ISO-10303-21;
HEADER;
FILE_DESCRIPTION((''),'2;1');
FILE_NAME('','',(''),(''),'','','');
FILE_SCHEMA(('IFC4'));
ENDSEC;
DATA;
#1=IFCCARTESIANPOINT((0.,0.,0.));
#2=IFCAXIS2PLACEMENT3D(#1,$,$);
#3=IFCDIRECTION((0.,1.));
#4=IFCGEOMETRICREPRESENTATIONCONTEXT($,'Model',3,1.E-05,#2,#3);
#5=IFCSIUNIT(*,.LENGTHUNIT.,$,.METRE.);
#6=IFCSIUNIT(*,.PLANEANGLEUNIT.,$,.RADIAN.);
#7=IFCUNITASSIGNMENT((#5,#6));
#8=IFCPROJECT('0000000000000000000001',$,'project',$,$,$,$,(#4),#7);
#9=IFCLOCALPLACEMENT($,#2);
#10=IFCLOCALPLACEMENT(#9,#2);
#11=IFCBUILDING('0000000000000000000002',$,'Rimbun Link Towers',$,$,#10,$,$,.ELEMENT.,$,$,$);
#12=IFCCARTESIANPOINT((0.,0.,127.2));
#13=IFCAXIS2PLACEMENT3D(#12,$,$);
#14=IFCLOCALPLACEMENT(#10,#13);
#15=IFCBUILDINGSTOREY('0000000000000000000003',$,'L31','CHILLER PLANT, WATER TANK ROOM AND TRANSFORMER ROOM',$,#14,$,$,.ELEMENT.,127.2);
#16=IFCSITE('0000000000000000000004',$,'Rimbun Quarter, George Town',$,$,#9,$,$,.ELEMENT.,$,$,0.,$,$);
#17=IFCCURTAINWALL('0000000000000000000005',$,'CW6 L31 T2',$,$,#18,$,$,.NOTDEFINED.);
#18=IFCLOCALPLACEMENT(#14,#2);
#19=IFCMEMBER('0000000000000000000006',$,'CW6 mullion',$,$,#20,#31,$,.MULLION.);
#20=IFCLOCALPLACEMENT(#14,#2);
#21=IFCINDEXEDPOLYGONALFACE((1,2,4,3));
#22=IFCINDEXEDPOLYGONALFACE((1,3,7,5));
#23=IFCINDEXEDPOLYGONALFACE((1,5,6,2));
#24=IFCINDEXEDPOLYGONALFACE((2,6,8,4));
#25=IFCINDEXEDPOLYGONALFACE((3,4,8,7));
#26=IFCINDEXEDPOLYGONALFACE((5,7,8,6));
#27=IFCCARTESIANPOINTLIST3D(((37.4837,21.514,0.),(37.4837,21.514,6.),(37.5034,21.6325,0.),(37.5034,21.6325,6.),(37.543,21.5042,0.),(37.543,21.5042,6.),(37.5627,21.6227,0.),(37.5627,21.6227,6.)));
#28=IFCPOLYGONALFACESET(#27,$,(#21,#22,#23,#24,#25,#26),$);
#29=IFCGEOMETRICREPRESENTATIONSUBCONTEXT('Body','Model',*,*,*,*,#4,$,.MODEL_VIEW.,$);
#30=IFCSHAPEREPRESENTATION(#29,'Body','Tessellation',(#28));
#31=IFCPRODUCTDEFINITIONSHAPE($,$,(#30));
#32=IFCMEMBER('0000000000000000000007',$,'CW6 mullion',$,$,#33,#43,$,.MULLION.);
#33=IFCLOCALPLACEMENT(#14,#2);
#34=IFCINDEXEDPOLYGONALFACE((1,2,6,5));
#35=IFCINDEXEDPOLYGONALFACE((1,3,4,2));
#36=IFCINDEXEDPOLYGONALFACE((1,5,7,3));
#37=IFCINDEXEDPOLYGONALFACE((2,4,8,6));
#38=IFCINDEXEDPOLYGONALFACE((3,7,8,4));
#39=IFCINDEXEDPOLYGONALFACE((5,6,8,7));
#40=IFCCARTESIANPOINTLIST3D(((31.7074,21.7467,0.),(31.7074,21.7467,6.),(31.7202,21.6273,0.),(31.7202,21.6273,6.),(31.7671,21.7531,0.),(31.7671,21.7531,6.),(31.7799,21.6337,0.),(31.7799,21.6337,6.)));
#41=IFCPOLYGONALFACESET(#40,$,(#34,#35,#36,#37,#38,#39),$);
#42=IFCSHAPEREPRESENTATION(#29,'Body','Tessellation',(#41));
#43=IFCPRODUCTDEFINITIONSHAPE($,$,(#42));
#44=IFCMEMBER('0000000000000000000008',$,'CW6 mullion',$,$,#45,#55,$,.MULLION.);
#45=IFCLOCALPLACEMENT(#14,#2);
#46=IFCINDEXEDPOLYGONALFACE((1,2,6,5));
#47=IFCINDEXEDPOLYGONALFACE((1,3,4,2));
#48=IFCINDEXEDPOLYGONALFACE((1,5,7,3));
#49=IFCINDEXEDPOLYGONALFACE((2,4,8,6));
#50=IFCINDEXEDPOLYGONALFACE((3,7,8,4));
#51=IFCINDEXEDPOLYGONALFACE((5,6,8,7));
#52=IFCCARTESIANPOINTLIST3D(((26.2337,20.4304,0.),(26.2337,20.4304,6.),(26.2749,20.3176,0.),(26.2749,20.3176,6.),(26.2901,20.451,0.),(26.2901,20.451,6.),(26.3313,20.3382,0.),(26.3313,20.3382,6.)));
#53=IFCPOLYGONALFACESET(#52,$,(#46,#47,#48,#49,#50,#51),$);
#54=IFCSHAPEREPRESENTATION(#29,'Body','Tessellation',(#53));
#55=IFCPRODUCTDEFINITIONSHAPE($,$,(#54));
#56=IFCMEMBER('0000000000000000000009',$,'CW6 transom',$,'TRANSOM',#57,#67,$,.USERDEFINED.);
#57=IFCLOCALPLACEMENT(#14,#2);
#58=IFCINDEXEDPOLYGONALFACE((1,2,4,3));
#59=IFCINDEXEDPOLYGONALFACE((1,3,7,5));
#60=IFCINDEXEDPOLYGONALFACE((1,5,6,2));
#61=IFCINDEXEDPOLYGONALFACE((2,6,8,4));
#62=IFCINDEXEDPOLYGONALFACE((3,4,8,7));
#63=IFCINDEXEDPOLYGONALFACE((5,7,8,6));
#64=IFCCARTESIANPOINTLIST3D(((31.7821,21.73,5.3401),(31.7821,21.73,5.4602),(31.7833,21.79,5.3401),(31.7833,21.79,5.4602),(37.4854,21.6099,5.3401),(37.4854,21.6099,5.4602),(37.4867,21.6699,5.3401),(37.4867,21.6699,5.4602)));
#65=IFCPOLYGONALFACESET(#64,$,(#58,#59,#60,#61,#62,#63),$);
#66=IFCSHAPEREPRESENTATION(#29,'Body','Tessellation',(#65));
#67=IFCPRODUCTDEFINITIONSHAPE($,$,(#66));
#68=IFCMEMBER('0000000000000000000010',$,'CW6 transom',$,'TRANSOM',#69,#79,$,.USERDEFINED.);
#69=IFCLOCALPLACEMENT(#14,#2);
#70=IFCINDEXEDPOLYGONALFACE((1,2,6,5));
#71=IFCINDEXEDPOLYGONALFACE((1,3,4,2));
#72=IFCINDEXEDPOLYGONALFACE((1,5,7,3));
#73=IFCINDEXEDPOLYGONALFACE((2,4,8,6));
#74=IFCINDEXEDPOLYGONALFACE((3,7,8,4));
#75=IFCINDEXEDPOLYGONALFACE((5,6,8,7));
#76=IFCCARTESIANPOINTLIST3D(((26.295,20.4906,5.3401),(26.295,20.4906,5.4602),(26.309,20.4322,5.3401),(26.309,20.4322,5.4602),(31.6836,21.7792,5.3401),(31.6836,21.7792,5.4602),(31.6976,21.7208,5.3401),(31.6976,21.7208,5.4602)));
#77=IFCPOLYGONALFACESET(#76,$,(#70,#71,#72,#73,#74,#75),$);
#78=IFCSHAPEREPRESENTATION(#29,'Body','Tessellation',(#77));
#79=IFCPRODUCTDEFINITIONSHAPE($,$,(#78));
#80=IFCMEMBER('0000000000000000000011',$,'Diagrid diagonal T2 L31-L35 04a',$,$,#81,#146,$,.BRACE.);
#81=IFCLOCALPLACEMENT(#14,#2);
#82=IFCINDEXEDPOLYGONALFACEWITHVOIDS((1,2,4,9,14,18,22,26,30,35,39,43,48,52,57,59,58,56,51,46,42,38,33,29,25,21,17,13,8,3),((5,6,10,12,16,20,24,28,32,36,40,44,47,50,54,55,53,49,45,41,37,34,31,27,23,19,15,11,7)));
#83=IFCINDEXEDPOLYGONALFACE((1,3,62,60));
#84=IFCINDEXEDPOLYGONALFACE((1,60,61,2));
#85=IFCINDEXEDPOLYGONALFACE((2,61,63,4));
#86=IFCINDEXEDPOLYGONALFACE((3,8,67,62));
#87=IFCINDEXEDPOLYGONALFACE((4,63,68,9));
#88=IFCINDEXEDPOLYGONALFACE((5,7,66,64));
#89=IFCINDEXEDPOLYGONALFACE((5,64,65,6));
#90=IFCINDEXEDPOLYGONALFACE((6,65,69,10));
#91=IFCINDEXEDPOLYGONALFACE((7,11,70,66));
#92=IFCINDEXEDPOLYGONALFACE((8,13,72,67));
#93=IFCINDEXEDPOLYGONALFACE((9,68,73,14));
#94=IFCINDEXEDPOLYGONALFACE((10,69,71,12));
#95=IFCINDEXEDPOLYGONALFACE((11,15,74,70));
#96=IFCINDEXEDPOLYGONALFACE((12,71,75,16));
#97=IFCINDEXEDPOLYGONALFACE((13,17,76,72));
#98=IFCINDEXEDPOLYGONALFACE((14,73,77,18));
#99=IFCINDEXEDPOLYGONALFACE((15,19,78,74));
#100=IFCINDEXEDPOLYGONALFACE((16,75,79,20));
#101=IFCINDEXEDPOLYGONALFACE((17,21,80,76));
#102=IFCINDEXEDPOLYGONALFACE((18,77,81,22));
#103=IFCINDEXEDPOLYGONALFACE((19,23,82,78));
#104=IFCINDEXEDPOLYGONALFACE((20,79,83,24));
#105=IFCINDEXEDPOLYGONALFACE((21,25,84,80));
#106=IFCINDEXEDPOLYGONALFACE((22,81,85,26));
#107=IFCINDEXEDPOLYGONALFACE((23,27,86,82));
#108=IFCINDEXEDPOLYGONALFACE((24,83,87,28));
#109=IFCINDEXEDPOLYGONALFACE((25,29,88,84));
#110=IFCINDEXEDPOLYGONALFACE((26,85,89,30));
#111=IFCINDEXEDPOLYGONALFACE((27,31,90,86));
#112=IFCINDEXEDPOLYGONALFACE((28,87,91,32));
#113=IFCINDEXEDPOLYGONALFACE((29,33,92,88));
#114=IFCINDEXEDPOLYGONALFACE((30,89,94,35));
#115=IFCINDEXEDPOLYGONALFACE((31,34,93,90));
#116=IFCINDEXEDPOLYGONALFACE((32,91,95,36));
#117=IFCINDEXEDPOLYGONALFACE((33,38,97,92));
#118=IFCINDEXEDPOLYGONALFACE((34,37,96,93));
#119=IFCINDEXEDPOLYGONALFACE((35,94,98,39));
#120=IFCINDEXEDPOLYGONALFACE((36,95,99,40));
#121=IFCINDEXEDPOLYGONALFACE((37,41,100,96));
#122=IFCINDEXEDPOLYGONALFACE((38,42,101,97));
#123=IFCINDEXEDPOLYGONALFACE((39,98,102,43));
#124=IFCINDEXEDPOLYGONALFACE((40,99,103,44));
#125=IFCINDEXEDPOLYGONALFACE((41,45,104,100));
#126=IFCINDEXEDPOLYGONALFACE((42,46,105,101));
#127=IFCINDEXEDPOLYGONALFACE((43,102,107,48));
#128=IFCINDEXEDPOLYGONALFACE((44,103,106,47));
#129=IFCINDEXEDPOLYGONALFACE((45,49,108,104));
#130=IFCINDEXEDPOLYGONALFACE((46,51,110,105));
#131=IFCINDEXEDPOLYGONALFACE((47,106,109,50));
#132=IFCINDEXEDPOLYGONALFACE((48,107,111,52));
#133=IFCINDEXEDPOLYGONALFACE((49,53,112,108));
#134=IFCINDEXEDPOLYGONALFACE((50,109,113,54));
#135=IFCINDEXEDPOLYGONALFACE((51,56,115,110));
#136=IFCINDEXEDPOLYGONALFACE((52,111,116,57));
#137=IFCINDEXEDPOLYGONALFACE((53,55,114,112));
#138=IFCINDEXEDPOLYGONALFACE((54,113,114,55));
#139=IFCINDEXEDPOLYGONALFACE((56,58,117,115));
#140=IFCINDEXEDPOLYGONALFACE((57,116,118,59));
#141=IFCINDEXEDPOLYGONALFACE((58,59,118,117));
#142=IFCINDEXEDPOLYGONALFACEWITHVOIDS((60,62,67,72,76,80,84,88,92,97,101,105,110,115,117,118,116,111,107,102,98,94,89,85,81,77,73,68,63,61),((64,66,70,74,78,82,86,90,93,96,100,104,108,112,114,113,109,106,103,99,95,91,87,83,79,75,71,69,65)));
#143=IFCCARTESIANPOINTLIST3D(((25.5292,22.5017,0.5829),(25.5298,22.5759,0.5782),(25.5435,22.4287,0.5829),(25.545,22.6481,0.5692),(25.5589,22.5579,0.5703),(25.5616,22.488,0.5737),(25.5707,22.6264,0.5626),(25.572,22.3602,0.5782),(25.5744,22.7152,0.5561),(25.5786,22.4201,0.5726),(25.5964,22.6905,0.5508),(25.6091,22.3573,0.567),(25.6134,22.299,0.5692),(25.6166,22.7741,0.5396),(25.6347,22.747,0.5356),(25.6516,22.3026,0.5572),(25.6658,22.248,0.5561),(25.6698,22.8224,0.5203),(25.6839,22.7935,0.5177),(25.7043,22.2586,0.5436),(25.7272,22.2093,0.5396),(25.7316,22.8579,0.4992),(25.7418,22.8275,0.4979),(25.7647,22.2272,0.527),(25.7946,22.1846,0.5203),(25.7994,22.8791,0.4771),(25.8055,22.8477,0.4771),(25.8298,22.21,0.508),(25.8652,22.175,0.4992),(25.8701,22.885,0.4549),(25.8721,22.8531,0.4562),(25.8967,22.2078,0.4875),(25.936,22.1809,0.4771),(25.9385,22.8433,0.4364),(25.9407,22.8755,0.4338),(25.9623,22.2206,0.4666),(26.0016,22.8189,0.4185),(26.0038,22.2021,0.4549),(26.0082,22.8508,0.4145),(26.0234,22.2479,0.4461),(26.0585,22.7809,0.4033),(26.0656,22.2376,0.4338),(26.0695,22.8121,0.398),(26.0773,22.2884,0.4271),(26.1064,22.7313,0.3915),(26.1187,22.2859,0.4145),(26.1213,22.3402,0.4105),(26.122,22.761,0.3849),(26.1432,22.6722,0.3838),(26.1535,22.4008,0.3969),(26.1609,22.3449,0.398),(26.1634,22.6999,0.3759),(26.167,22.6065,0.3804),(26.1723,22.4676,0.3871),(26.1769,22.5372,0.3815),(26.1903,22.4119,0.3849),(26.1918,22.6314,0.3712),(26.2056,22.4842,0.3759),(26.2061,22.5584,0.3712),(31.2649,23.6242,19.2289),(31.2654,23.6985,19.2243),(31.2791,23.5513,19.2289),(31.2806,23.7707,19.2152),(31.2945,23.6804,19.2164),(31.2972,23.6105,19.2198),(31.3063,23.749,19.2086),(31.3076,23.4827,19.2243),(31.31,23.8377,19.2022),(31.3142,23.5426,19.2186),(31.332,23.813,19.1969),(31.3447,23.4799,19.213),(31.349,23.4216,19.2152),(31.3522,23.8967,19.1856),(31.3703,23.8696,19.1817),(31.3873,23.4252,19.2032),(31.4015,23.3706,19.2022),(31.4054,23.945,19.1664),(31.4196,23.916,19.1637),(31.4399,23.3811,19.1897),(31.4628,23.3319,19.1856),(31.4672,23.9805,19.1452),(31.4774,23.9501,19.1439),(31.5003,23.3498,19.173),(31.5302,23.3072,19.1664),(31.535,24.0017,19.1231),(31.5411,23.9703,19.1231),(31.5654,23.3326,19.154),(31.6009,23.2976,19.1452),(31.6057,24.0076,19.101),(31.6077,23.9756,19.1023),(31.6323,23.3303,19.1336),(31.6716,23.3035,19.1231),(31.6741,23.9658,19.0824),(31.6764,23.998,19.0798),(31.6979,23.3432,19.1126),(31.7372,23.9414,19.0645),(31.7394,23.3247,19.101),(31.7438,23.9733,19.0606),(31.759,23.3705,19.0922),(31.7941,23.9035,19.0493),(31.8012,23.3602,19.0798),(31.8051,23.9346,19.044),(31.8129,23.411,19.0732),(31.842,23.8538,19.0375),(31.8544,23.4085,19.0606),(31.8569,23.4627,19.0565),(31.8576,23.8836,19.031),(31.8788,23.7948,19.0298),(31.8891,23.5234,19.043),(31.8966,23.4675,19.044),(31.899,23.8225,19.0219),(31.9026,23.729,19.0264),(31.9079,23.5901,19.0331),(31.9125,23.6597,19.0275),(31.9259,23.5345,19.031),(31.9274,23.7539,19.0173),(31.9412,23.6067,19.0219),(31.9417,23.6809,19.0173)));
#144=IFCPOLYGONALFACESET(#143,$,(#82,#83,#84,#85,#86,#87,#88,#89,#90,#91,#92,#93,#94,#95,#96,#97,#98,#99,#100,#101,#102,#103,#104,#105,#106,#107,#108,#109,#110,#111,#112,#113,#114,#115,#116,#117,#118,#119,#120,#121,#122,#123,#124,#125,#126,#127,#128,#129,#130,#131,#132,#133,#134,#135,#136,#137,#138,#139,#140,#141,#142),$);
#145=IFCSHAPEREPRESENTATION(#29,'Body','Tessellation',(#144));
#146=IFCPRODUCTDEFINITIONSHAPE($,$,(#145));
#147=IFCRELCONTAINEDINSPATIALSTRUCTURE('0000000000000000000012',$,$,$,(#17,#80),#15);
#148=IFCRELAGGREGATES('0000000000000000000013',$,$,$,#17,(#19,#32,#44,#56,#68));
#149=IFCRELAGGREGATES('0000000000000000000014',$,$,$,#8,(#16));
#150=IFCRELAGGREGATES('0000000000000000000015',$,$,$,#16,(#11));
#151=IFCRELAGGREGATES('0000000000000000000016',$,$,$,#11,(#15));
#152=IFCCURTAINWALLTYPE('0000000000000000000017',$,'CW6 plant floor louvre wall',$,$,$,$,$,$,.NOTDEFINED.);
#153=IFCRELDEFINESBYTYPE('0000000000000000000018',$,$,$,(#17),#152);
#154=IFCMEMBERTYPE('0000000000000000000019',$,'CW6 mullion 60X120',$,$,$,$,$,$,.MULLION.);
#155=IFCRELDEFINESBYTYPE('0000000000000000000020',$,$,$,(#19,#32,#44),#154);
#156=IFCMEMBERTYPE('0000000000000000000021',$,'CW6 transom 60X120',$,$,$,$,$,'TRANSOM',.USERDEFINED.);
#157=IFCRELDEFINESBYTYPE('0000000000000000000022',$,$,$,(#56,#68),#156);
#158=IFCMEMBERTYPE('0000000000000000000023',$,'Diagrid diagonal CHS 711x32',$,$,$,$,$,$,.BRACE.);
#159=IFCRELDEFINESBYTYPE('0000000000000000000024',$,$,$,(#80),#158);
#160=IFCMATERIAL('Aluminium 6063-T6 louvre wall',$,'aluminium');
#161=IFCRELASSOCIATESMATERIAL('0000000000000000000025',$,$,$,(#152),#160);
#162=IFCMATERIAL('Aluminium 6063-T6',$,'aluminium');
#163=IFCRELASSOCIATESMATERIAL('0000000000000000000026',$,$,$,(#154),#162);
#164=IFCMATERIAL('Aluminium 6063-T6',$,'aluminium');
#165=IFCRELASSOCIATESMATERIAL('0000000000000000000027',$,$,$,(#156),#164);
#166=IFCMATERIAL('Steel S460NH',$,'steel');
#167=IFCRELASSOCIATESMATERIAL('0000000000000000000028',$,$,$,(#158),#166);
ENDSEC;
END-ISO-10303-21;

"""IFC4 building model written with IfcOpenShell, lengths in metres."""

from ifc_helpers import new_model, si_unit, direction, frame, origin, origin_2d, place, context, subcontext, project, spatial, rectangle, hollow_circle, extrude, material, material_profile, profile_set, type_object, element, aggregate, save


model = new_model("IFC4")

# Units and contexts
model_context = context("Model", 3, precision=1e-05, world=origin(), true_north=direction((0.0, 1.0)))
body_context = subcontext(model_context, "Body", "Model", "MODEL_VIEW")
ifc_project = project(units=[si_unit("LENGTHUNIT", "METRE"), si_unit("PLANEANGLEUNIT", "RADIAN")], contexts=[model_context])

# Site, building, storey
site_placement = place(None, origin())
site = spatial("IfcSite", under=ifc_project, at=site_placement, Name="Rimbun Quarter, George Town", CompositionType="ELEMENT", RefElevation=0.0)
building_placement = place(site_placement, origin())
building = spatial("IfcBuilding", under=site, at=building_placement, Name="Rimbun Link Towers", CompositionType="ELEMENT")
storey_placement = place(building_placement, frame((0.0, 0.0, 127.2)))
storey = spatial("IfcBuildingStorey", under=building, at=storey_placement, Name="L31", Description="CHILLER PLANT, WATER TANK ROOM AND TRANSFORMER ROOM", CompositionType="ELEMENT", Elevation=127.2)

# Curtain wall, members
ifc_material_1 = material(Name="Aluminium 6063-T6 louvre wall", Category="aluminium")
curtain_wall_type = type_object("IfcCurtainWallType", Name="CW6 plant floor louvre wall", PredefinedType="NOTDEFINED", material=ifc_material_1)
curtain_wall_placement = place(storey_placement, origin())
curtain_wall = element("IfcCurtainWall", 1, at=curtain_wall_placement, inside=storey, type_object=curtain_wall_type, Name="CW6 L31 T2", PredefinedType="NOTDEFINED")
ifc_material_2 = material(Name="Aluminium 6063-T6", Category="aluminium")
ifc_material_profile_1 = material_profile(ifc_material_2, rectangle(XDim=0.1201, YDim=0.0601, at=origin_2d()), Name="MULLION 60X120")
ifc_profile_set_1 = profile_set([ifc_material_profile_1], Name="Aluminium 6063-T6")
member_type_1 = type_object("IfcMemberType", Name="CW6 mullion 60X120", PredefinedType="MULLION", material=ifc_profile_set_1)
member_1_placement = place(storey_placement, frame((37.5232, 21.5684, 0.0), z_axis=(0.0, 0.0, 1.0), x_axis=(0.163751, 0.986502, 0.0)))
member_1 = element("IfcMember", 2, at=member_1_placement, type_object=member_type_1, Name="CW6 mullion", PredefinedType="MULLION", context=body_context, shape_type="SweptSolid", body=[
    extrude(rectangle(XDim=0.1201, YDim=0.0601, at=origin_2d()), origin(), (0.0, 0.0, 1.0), 6.0),
])
member_2_placement = place(storey_placement, frame((31.7437, 21.6902, 0.0), z_axis=(0.0, 0.0, 1.0), x_axis=(-0.106643, 0.994297, 0.0)))
member_2 = element("IfcMember", 3, at=member_2_placement, type_object=member_type_1, Name="CW6 mullion", PredefinedType="MULLION", context=body_context, shape_type="SweptSolid", body=[
    extrude(rectangle(XDim=0.1201, YDim=0.0601, at=origin_2d()), origin(), (0.0, 0.0, 1.0), 6.0),
])
member_3_placement = place(storey_placement, frame((26.2825, 20.3843, 0.0), z_axis=(0.0, 0.0, 1.0), x_axis=(-0.342975, 0.939345, 0.0)))
member_3 = element("IfcMember", 4, at=member_3_placement, type_object=member_type_1, Name="CW6 mullion", PredefinedType="MULLION", context=body_context, shape_type="SweptSolid", body=[
    extrude(rectangle(XDim=0.1201, YDim=0.0601, at=origin_2d()), origin(), (0.0, 0.0, 1.0), 6.0),
])
ifc_material_3 = material(Name="Aluminium 6063-T6", Category="aluminium")
ifc_material_profile_2 = material_profile(ifc_material_3, rectangle(XDim=0.0601, YDim=0.1201, at=origin_2d()), Name="TRANSOM 60X120")
ifc_profile_set_2 = profile_set([ifc_material_profile_2], Name="Aluminium 6063-T6")
member_type_2 = type_object("IfcMemberType", Name="CW6 transom 60X120", ElementType="TRANSOM", PredefinedType="USERDEFINED", material=ifc_profile_set_2)
member_4_placement = place(storey_placement, frame((31.7827, 21.76, 5.4001), z_axis=(0.999778, -0.021056, 0.0), x_axis=(0.021056, 0.999778, 0.0)))
member_4 = element("IfcMember", 5, at=member_4_placement, type_object=member_type_2, Name="CW6 transom", ObjectType="TRANSOM", PredefinedType="USERDEFINED", context=body_context, shape_type="SweptSolid", body=[
    extrude(rectangle(XDim=0.0601, YDim=0.1201, at=origin_2d()), origin(), (0.0, 0.0, 1.0), 5.7046),
])
member_5_placement = place(storey_placement, frame((26.302, 20.4614, 5.4001), z_axis=(0.97258, 0.23257, 0.0), x_axis=(-0.23257, 0.97258, 0.0)))
member_5 = element("IfcMember", 6, at=member_5_placement, type_object=member_type_2, Name="CW6 transom", ObjectType="TRANSOM", PredefinedType="USERDEFINED", context=body_context, shape_type="SweptSolid", body=[
    extrude(rectangle(XDim=0.0601, YDim=0.1201, at=origin_2d()), origin(), (0.0, 0.0, 1.0), 5.5405),
])

# Member
ifc_material_4 = material(Name="Steel S460NH", Category="steel")
ifc_material_profile_3 = material_profile(ifc_material_4, hollow_circle(Radius=0.3557, WallThickness=0.032, at=origin_2d()), Name="Diagrid diagonal CHS 711x32")
ifc_profile_set_3 = profile_set([ifc_material_profile_3], Name="Steel S460NH")
member_type_3 = type_object("IfcMemberType", Name="Diagrid diagonal CHS 711x32", PredefinedType="BRACE", material=ifc_profile_set_3)
member_6_placement = place(storey_placement, frame((25.8677, 22.53, 0.4771), z_axis=(0.293524, 0.057448, 0.954224), x_axis=(-0.192074, 0.981381, 0.0)))
element("IfcMember", 7, at=member_6_placement, inside=storey, type_object=member_type_3, Name="Diagrid diagonal T2 L31-L35 04a", PredefinedType="BRACE", context=body_context, shape_type="SweptSolid", body=[
    extrude(hollow_circle(Radius=0.3557, WallThickness=0.032, at=origin_2d()), origin(), (0.0, 0.0, 1.0), 19.5405),
])

aggregate(curtain_wall, [member_1, member_2, member_3, member_4, member_5])

save(model, "model.ifc")
